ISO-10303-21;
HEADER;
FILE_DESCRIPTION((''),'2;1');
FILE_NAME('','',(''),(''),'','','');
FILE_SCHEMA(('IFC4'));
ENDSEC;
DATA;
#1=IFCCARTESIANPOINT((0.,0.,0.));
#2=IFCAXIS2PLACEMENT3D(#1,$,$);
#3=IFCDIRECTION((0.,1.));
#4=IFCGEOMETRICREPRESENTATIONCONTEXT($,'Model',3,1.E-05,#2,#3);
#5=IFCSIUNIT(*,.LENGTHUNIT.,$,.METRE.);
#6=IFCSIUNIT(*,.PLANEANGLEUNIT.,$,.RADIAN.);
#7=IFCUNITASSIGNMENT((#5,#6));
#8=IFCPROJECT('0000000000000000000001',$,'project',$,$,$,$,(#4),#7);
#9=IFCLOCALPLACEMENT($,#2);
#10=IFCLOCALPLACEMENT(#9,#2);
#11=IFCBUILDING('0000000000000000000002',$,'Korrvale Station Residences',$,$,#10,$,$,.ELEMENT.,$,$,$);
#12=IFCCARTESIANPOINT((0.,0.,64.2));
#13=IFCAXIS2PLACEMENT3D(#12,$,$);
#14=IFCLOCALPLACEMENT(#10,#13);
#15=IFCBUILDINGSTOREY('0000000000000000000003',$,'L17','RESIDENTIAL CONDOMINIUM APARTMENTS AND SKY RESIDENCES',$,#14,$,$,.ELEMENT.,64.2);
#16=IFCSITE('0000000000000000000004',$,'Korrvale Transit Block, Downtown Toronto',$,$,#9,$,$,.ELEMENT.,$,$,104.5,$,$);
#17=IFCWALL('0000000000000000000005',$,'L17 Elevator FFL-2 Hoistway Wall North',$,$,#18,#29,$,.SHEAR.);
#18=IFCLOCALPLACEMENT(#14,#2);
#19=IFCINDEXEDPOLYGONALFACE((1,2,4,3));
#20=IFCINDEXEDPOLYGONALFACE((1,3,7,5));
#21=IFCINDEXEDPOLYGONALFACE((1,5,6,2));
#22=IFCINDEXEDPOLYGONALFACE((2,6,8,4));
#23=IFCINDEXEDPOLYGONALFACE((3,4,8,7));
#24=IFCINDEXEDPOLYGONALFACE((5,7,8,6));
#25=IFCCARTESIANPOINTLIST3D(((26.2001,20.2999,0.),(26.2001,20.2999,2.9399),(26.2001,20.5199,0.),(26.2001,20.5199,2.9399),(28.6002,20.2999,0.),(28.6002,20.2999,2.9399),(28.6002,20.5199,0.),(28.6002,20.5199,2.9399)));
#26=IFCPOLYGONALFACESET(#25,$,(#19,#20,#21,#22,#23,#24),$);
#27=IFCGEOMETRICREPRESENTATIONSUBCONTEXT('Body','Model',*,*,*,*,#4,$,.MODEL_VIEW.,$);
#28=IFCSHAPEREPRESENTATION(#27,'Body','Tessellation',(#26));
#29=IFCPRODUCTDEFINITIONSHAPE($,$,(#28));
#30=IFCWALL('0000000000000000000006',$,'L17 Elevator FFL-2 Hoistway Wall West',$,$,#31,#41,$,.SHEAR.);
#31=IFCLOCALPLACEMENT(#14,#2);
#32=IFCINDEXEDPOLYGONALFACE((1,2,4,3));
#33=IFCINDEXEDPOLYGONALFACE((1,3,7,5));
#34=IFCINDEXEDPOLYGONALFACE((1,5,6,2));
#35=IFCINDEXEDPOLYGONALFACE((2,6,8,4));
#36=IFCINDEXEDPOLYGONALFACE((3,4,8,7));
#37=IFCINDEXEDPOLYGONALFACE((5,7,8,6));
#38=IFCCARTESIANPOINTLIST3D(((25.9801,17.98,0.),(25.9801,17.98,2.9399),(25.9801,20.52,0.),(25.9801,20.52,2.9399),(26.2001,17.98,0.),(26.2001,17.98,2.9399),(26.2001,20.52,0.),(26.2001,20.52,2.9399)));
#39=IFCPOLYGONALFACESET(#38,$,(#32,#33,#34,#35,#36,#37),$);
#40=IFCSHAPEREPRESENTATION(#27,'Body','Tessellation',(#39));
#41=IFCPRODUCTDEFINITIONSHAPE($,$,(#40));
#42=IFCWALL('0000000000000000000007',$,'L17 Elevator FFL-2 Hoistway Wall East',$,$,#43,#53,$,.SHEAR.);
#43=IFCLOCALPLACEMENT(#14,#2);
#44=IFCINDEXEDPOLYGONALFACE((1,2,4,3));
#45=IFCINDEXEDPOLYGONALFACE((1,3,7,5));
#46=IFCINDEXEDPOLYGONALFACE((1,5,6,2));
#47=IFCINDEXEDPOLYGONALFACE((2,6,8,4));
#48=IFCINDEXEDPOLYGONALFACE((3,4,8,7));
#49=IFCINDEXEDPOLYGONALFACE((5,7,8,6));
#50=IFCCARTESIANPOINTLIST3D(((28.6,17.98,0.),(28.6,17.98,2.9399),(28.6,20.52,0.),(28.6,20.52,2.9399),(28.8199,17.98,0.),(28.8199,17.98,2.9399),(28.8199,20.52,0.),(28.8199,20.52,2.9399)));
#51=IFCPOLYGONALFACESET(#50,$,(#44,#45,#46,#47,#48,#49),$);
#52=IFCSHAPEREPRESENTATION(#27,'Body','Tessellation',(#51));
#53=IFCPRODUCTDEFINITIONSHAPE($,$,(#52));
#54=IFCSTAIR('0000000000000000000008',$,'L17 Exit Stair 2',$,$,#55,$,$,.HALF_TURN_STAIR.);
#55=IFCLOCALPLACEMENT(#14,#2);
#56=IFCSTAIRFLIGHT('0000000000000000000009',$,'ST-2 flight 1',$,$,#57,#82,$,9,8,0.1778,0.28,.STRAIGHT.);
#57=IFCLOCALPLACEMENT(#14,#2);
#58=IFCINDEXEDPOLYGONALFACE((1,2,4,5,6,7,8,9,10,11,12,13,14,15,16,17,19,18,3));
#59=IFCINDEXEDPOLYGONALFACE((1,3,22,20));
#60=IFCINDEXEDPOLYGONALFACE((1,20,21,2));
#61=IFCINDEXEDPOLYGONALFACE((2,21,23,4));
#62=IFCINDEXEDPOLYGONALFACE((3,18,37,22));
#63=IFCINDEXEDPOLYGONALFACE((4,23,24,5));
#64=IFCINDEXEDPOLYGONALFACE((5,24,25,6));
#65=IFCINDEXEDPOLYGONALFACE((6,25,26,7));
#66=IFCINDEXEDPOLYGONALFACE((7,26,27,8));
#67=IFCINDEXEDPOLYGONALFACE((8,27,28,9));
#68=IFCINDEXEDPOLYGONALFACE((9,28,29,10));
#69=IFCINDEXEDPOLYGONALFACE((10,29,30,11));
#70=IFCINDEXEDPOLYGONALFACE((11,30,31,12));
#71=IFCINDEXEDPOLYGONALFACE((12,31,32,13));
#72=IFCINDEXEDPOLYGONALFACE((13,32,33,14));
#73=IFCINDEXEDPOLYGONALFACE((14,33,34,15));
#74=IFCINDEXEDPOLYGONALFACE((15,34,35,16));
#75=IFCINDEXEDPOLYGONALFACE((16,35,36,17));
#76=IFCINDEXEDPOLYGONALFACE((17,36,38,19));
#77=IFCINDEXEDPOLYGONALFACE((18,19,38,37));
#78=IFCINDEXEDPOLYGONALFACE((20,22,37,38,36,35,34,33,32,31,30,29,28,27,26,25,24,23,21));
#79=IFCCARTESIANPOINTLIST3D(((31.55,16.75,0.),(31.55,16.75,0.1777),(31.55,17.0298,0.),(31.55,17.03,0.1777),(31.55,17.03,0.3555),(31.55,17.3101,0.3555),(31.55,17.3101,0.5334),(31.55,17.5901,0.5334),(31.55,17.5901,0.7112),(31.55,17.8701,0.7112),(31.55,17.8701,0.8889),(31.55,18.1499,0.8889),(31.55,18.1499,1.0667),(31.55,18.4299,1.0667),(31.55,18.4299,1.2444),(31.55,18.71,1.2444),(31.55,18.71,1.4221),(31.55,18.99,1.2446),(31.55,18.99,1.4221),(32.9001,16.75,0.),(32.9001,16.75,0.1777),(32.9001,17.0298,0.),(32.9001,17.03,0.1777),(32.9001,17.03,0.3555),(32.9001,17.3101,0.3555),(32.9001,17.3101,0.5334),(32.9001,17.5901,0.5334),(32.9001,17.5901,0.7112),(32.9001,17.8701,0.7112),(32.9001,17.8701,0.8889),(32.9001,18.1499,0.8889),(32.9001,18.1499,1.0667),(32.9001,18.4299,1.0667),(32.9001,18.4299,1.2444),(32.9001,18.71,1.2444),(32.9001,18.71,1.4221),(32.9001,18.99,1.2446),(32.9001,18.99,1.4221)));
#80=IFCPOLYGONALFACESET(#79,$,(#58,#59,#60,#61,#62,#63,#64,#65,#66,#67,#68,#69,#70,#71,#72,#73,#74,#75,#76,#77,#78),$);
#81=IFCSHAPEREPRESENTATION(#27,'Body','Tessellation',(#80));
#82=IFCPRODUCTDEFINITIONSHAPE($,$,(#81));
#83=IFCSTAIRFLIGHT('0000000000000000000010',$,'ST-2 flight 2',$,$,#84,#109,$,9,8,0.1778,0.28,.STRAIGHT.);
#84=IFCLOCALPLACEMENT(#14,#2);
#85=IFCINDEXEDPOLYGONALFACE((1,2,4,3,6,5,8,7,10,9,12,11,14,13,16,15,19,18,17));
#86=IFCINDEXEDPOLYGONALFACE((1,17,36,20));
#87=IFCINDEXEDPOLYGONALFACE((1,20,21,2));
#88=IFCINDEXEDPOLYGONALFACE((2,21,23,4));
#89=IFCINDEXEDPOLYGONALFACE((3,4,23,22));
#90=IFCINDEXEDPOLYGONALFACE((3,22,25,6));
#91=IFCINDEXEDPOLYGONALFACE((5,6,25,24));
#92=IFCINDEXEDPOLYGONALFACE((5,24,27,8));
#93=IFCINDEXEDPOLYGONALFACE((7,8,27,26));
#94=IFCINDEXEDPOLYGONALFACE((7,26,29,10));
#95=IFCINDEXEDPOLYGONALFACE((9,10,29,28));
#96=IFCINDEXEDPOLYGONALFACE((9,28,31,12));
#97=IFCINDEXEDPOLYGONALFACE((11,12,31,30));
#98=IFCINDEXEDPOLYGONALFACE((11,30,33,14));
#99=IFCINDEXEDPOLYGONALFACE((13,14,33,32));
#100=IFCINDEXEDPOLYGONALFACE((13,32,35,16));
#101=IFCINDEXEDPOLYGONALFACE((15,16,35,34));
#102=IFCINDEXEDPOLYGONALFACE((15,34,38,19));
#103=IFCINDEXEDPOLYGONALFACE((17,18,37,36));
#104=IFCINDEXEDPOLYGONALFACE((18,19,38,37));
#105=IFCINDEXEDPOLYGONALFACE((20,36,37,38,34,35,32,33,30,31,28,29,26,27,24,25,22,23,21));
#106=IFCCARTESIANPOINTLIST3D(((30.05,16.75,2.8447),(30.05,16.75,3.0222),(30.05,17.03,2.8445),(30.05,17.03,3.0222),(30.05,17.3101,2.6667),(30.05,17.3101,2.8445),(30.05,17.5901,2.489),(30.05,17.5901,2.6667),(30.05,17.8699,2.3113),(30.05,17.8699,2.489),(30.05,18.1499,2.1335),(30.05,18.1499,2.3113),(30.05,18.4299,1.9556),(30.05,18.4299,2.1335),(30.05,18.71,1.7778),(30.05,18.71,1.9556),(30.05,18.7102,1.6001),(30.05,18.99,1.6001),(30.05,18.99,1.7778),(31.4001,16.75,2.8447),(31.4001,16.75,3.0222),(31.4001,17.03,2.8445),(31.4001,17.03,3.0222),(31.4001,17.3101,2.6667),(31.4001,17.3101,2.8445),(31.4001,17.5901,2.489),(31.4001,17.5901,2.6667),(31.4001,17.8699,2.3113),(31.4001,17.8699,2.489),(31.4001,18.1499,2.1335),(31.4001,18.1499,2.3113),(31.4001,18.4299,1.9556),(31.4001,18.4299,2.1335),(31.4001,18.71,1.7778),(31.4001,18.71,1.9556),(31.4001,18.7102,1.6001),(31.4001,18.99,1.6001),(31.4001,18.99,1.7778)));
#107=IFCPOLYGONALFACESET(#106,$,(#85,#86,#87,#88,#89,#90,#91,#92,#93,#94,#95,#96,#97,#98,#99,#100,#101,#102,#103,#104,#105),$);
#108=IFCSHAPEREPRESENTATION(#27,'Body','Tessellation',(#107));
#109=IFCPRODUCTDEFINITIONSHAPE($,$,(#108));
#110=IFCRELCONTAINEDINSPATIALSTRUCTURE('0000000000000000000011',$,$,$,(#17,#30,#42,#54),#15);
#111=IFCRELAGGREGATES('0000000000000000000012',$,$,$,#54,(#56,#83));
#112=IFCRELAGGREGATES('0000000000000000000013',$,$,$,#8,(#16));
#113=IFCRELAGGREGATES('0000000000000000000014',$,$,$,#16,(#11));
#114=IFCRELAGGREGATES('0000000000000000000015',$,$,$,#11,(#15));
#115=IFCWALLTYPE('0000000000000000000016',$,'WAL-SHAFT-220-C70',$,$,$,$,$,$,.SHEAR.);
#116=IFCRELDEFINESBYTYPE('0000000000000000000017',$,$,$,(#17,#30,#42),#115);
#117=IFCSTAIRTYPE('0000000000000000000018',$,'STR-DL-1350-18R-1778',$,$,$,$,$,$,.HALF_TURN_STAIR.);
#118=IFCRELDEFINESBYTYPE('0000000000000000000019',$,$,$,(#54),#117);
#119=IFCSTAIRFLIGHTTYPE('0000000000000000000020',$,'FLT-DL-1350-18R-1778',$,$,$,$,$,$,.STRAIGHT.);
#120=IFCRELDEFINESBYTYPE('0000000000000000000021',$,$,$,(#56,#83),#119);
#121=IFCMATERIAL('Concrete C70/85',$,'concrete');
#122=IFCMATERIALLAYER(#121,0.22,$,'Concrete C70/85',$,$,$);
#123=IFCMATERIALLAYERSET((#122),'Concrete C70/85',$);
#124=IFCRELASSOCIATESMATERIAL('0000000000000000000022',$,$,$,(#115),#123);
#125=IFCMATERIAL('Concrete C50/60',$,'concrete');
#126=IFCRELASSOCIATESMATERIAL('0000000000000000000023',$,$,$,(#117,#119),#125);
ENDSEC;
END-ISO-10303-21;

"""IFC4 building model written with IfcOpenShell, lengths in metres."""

from ifc_helpers import new_model, si_unit, direction, frame, frame_2d, origin, place, context, subcontext, project, spatial, polyline, rectangle, outline, extrude, material, layer, layer_set, type_object, element, aggregate, save


model = new_model("IFC4")

# Units and contexts
model_context = context("Model", 3, precision=1e-05, world=origin(), true_north=direction((0.0, 1.0)))
body_context = subcontext(model_context, "Body", "Model", "MODEL_VIEW")
ifc_project = project(units=[si_unit("LENGTHUNIT", "METRE"), si_unit("PLANEANGLEUNIT", "RADIAN")], contexts=[model_context])

# Site, building, storey
site_placement = place(None, origin())
site = spatial("IfcSite", under=ifc_project, at=site_placement, Name="Korrvale Transit Block, Downtown Toronto", CompositionType="ELEMENT", RefElevation=104.5)
building_placement = place(site_placement, origin())
building = spatial("IfcBuilding", under=site, at=building_placement, Name="Korrvale Station Residences", CompositionType="ELEMENT")
storey_placement = place(building_placement, frame((0.0, 0.0, 64.2)))
storey = spatial("IfcBuildingStorey", under=building, at=storey_placement, Name="L17", Description="RESIDENTIAL CONDOMINIUM APARTMENTS AND SKY RESIDENCES", CompositionType="ELEMENT", Elevation=64.2)

# Shared definitions
ifc_material_1 = material(Name="Concrete C70/85", Category="concrete")

# Shared definitions
ifc_layer_1 = layer(ifc_material_1, 0.22, Name="Concrete C70/85")
ifc_layer_set_1 = layer_set([ifc_layer_1], Name="Concrete C70/85")
wall_type_1 = type_object("IfcWallType", Name="WAL-SHAFT-220-C70", PredefinedType="SHEAR", material=ifc_layer_set_1)

# Walls
wall_1_placement = place(storey_placement, frame((26.2, 20.4099, 0.0), z_axis=(0.0, 0.0, 1.0), x_axis=(1.0, 0.0, 0.0)))
element("IfcWall", 1, at=wall_1_placement, inside=storey, type_object=wall_type_1, Name="L17 Elevator FFL-2 Hoistway Wall North", PredefinedType="SHEAR", context=body_context, shape_type="SweptSolid", body=[
    extrude(rectangle(XDim=2.4001, YDim=0.22, at=frame_2d((1.2002, 0.0))), origin(), (0.0, 0.0, 1.0), 2.9399),
])
for number, where, z_axis, x_axis, name in (
    (2, (26.0901, 17.98, 0.0), (0.0, 0.0, 1.0), (0.0, 1.0, 0.0), "L17 Elevator FFL-2 Hoistway Wall West"),
    (3, (28.71, 17.98, 0.0), (0.0, 0.0, 1.0), (0.0, 1.0, 0.0), "L17 Elevator FFL-2 Hoistway Wall East"),
):
    element("IfcWall", number, at=place(storey_placement, frame(where, z_axis=z_axis, x_axis=x_axis)), inside=storey, type_object=wall_type_1, Name=name, PredefinedType="SHEAR", context=body_context, shape_type="SweptSolid", body=[
        extrude(rectangle(XDim=2.54, YDim=0.22, at=frame_2d((1.27, 0.0))), origin(), (0.0, 0.0, 1.0), 2.9399),
    ])

# Stair, stair flights
ifc_material_2 = material(Name="Concrete C50/60", Category="concrete")
stair_type = type_object("IfcStairType", Name="STR-DL-1350-18R-1778", PredefinedType="HALF_TURN_STAIR", material=ifc_material_2)
stair_placement = place(storey_placement, origin())
stair = element("IfcStair", 4, at=stair_placement, inside=storey, type_object=stair_type, Name="L17 Exit Stair 2", PredefinedType="HALF_TURN_STAIR")
stair_flight_type = type_object("IfcStairFlightType", Name="FLT-DL-1350-18R-1778", PredefinedType="STRAIGHT", material=ifc_material_2)
stair_flight_1_placement = place(storey_placement, frame((32.2251, 16.75, 0.0), z_axis=(0.0, 0.0, 1.0), x_axis=(0.0, 1.0, 0.0)))
stair_flight_1 = element("IfcStairFlight", 5, at=stair_flight_1_placement, type_object=stair_flight_type, Name="ST-2 flight 1", NumberOfRisers=9, NumberOfTreads=8, PredefinedType="STRAIGHT", RiserHeight=0.1778, TreadLength=0.28, context=body_context, shape_type="SweptSolid", body=[
    extrude(outline(polyline([(0.0, 0.0), (0.0, 0.1777), (0.28, 0.1777), (0.28, 0.3555), (0.5601, 0.3555), (0.5601, 0.5334), (0.8401, 0.5334), (0.8401, 0.7112), (1.1201, 0.7112), (1.1201, 0.8889), (1.3999, 0.8889), (1.3999, 1.0667), (1.6799, 1.0667), (1.6799, 1.2444), (1.96, 1.2444), (1.96, 1.4221), (2.24, 1.4221), (2.24, 1.6001), (2.24, 1.2446), (0.2798, 0.0), (0.0, 0.0)])), frame((0.0, 0.675, 0.0), z_axis=(0.0, -1.0, 0.0), x_axis=(1.0, 0.0, 0.0)), (0.0, 0.0, 1.0), 1.3501),
])
stair_flight_2_placement = place(storey_placement, frame((30.7251, 18.99, 1.6001), z_axis=(0.0, 0.0, 1.0), x_axis=(0.0, -1.0, 0.0)))
stair_flight_2 = element("IfcStairFlight", 6, at=stair_flight_2_placement, type_object=stair_flight_type, Name="ST-2 flight 2", NumberOfRisers=9, NumberOfTreads=8, PredefinedType="STRAIGHT", RiserHeight=0.1778, TreadLength=0.28, context=body_context, shape_type="SweptSolid", body=[
    extrude(outline(polyline([(0.0, 0.0), (0.0, 0.1777), (0.28, 0.1777), (0.28, 0.3555), (0.5601, 0.3555), (0.5601, 0.5334), (0.8401, 0.5334), (0.8401, 0.7112), (1.1201, 0.7112), (1.1201, 0.8889), (1.3999, 0.8889), (1.3999, 1.0667), (1.6799, 1.0667), (1.6799, 1.2444), (1.96, 1.2444), (1.96, 1.4221), (2.24, 1.4221), (2.24, 1.6001), (2.24, 1.2446), (0.2798, 0.0), (0.0, 0.0)])), frame((0.0, 0.675, 0.0), z_axis=(0.0, -1.0, 0.0), x_axis=(1.0, 0.0, 0.0)), (0.0, 0.0, 1.0), 1.3501),
])
aggregate(stair, [stair_flight_1, stair_flight_2])

save(model, "model.ifc")
